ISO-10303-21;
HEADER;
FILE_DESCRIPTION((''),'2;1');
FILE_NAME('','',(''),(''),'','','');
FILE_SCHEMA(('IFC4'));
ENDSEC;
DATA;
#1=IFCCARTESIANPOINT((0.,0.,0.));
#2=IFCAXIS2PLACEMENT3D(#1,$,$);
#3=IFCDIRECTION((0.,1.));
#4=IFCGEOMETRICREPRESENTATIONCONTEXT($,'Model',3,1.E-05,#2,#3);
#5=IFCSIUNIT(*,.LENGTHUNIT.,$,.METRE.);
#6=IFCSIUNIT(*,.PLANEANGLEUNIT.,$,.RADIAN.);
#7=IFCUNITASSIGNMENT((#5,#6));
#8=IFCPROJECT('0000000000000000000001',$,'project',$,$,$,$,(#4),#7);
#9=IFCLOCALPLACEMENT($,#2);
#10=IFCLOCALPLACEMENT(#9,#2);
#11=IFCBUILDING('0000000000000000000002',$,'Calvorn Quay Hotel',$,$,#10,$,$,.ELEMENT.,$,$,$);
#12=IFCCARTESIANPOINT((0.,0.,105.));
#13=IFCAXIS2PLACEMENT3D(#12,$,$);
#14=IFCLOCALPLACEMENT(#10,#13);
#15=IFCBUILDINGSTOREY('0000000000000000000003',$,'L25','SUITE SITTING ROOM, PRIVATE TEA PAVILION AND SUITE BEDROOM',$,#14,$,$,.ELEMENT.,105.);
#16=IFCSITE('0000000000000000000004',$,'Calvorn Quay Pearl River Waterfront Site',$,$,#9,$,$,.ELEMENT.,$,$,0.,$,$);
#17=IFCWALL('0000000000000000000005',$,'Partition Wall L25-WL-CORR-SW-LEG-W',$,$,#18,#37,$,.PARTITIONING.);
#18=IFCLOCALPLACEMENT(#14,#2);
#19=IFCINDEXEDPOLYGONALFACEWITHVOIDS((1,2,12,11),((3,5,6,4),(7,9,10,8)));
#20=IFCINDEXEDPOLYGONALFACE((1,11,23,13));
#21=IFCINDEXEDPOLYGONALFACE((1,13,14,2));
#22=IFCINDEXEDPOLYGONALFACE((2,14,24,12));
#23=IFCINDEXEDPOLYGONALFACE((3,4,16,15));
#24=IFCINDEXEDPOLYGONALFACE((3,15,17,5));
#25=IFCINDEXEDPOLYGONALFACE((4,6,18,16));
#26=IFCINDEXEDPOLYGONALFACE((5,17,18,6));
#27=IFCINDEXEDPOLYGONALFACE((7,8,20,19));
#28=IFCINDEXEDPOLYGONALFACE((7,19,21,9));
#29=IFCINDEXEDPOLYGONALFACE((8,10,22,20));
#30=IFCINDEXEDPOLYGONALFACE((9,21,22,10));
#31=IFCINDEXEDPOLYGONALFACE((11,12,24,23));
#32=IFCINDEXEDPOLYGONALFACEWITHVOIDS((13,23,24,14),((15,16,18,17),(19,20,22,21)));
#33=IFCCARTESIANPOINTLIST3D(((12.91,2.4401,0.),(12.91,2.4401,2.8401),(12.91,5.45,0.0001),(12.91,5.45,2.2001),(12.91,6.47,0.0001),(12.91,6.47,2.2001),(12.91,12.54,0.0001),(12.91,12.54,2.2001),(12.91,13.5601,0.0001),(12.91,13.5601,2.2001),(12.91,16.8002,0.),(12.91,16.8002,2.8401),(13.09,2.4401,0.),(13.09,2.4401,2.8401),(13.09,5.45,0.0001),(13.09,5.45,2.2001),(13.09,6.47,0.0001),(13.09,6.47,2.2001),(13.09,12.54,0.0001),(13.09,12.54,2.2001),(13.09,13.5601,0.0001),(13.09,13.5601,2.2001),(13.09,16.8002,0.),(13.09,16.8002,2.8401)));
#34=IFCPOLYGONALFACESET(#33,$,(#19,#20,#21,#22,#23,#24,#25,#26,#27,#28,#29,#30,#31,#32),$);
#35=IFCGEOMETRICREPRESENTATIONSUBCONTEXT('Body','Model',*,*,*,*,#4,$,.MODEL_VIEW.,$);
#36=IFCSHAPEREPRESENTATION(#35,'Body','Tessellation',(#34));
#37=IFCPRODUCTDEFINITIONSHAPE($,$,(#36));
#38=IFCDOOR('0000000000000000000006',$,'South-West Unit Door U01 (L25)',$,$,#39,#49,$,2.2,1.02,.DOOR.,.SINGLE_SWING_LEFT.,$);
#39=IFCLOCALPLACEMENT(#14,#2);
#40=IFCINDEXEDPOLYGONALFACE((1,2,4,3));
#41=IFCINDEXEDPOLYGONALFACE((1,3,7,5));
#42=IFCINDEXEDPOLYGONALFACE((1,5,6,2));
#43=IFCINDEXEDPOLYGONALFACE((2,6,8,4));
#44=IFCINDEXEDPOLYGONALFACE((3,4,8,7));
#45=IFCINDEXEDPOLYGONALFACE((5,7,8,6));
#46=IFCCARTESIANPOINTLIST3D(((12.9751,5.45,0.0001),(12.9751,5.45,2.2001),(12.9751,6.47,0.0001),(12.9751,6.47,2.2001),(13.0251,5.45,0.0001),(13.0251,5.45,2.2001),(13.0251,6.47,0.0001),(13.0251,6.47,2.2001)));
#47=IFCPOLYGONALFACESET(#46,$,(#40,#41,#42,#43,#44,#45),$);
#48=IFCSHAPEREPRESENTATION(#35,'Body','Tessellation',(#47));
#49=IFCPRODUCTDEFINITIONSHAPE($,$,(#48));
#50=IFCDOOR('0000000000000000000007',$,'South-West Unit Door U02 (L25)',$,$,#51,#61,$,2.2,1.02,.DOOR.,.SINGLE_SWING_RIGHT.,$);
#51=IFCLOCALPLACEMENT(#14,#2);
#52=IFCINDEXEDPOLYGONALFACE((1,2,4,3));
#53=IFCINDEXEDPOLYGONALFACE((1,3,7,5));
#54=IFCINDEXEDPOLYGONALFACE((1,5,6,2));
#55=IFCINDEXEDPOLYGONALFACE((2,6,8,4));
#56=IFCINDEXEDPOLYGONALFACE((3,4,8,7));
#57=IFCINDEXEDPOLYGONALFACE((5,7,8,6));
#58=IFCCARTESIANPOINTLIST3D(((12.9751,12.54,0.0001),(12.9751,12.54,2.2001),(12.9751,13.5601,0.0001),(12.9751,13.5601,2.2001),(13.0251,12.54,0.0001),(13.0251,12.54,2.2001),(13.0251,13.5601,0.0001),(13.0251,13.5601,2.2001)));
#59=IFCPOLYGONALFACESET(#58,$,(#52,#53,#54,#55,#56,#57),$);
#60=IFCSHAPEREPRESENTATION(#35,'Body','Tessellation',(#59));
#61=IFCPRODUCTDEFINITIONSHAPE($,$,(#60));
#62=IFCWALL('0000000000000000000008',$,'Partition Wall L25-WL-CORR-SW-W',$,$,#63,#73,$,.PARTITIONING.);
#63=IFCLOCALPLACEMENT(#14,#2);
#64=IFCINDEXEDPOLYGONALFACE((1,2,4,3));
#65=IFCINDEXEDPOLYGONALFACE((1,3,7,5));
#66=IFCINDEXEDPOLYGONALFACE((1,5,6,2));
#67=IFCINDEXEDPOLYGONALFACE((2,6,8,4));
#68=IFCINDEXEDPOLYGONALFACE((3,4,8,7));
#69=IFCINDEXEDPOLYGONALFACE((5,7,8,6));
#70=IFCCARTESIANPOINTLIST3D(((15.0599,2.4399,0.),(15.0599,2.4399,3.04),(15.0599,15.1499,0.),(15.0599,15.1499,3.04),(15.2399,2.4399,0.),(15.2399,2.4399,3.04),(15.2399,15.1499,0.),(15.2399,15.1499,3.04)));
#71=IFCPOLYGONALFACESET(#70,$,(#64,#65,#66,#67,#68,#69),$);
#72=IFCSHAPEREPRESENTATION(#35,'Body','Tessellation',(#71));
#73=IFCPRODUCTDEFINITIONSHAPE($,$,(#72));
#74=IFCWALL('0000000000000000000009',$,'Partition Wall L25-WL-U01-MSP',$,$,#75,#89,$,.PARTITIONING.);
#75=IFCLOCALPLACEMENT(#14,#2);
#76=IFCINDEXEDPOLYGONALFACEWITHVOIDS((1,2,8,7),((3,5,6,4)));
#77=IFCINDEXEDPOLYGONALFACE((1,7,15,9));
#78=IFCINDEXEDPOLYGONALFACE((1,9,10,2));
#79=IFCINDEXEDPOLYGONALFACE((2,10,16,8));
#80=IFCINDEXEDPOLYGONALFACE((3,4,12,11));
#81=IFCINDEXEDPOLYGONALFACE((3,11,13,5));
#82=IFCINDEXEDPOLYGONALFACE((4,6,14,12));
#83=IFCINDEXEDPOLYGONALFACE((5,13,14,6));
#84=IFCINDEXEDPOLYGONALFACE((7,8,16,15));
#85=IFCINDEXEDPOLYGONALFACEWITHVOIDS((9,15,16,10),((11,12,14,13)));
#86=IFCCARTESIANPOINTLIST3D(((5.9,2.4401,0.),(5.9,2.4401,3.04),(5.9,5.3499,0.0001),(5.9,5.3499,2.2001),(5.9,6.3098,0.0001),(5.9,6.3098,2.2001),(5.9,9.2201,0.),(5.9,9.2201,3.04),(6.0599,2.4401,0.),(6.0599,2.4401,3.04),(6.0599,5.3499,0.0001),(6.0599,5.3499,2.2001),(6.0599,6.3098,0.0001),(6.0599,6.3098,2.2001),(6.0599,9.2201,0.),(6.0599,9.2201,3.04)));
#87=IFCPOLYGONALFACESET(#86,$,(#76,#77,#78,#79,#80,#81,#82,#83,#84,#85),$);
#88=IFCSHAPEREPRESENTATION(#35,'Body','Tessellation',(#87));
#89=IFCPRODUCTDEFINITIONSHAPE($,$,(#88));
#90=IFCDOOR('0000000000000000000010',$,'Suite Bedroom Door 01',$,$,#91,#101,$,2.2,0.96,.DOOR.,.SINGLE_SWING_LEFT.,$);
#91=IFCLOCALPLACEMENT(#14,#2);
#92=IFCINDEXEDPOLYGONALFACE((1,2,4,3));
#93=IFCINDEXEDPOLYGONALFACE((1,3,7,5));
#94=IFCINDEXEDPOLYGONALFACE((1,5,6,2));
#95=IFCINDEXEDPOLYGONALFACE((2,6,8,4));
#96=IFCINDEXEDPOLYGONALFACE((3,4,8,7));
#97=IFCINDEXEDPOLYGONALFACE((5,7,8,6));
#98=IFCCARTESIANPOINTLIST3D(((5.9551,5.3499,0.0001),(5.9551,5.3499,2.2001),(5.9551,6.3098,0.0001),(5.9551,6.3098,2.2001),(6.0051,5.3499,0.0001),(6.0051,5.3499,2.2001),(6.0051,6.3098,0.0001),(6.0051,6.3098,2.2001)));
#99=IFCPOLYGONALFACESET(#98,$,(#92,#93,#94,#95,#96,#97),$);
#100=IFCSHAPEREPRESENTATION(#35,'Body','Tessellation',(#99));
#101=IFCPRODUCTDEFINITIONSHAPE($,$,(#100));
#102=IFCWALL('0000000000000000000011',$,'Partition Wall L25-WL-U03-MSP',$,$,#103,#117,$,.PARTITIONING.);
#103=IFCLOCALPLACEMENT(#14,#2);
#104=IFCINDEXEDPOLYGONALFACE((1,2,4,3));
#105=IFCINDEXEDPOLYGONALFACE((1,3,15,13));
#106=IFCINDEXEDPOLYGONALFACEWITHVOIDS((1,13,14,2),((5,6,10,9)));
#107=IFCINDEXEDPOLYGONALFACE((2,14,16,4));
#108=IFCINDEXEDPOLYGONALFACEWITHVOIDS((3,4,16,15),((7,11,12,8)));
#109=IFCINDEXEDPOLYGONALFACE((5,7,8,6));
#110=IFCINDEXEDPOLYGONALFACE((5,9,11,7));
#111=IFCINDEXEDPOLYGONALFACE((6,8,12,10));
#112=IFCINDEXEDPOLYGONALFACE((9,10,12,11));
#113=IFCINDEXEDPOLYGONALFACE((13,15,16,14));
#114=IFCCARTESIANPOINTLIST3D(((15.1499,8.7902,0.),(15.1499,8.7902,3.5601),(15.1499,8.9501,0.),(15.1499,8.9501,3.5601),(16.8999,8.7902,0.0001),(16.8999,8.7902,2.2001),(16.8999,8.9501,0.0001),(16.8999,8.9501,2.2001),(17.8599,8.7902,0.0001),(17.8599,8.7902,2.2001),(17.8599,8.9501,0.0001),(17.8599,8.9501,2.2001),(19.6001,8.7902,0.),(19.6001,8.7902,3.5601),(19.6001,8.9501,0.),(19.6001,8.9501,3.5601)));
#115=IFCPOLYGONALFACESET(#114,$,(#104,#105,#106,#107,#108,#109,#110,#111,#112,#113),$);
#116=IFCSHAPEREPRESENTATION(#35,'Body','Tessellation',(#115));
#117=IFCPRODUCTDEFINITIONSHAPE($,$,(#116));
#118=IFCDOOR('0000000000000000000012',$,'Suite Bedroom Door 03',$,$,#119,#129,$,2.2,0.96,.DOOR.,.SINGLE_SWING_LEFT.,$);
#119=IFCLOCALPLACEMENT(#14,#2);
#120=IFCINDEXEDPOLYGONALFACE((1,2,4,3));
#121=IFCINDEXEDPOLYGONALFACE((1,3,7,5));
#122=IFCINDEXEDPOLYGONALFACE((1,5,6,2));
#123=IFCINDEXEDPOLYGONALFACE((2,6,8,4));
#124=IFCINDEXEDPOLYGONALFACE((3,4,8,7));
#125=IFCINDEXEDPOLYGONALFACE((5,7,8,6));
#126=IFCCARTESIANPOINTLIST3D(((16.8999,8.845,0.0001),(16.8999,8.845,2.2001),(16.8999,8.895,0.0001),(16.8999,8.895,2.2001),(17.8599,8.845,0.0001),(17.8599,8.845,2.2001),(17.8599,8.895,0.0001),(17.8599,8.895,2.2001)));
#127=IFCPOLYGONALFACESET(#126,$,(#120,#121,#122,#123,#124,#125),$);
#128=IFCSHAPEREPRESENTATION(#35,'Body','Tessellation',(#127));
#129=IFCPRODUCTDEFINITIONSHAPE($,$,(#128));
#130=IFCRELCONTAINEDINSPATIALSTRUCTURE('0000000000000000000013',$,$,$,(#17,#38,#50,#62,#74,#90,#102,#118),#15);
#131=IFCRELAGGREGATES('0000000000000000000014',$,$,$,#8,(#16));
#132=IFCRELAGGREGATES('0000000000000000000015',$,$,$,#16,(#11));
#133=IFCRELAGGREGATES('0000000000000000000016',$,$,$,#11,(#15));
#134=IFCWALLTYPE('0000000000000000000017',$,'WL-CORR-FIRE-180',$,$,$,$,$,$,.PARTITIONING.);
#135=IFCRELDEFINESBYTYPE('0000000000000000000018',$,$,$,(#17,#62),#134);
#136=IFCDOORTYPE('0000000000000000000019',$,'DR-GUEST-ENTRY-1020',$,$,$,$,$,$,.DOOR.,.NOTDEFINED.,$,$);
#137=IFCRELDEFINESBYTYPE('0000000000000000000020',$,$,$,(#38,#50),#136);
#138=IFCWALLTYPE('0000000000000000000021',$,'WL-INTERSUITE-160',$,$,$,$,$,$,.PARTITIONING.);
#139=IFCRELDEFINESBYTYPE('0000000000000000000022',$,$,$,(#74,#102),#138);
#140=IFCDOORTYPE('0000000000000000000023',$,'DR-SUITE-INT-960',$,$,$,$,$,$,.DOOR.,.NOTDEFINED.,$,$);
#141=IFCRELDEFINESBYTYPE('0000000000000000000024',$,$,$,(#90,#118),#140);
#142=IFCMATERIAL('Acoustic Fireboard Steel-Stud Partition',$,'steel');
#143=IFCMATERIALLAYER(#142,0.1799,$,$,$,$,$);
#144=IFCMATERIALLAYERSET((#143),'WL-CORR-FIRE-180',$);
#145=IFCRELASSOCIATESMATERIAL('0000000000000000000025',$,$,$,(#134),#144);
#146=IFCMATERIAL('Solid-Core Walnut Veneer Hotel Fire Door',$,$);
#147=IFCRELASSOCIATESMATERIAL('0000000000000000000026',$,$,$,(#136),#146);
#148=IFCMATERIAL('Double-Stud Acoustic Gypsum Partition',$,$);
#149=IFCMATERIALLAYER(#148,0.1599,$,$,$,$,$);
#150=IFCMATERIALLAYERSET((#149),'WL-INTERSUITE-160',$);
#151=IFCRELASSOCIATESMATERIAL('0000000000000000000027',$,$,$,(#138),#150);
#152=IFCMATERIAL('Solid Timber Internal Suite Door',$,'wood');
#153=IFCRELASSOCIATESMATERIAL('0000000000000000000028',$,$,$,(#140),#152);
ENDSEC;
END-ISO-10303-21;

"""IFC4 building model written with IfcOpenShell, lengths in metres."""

from ifc_helpers import new_model, si_unit, direction, frame, frame_2d, origin, place, context, subcontext, project, spatial, rectangle, extrude, material, layer, layer_set, type_object, element, fill, save


model = new_model("IFC4")

# Units and contexts
model_context = context("Model", 3, precision=1e-05, world=origin(), true_north=direction((0.0, 1.0)))
body_context = subcontext(model_context, "Body", "Model", "MODEL_VIEW")
ifc_project = project(units=[si_unit("LENGTHUNIT", "METRE"), si_unit("PLANEANGLEUNIT", "RADIAN")], contexts=[model_context])

# Site, building, storey
site_placement = place(None, origin())
site = spatial("IfcSite", under=ifc_project, at=site_placement, Name="Calvorn Quay Pearl River Waterfront Site", CompositionType="ELEMENT", RefElevation=0.0)
building_placement = place(site_placement, origin())
building = spatial("IfcBuilding", under=site, at=building_placement, Name="Calvorn Quay Hotel", CompositionType="ELEMENT")
storey_placement = place(building_placement, frame((0.0, 0.0, 105.0)))
storey = spatial("IfcBuildingStorey", under=building, at=storey_placement, Name="L25", Description="SUITE SITTING ROOM, PRIVATE TEA PAVILION AND SUITE BEDROOM", CompositionType="ELEMENT", Elevation=105.0)

# Wall, openings, doors
ifc_material_1 = material(Name="Acoustic Fireboard Steel-Stud Partition", Category="steel")
ifc_layer_1 = layer(ifc_material_1, 0.1799)
ifc_layer_set_1 = layer_set([ifc_layer_1], Name="WL-CORR-FIRE-180")
wall_type_1 = type_object("IfcWallType", Name="WL-CORR-FIRE-180", PredefinedType="PARTITIONING", material=ifc_layer_set_1)
wall_1_placement = place(storey_placement, frame((13.0, 2.4399, 0.0), z_axis=(0.0, 0.0, 1.0), x_axis=(0.0, 1.0, 0.0)))
wall_1 = element("IfcWall", 1, at=wall_1_placement, inside=storey, type_object=wall_type_1, Name="Partition Wall L25-WL-CORR-SW-LEG-W", PredefinedType="PARTITIONING", context=body_context, shape_type="SweptSolid", body=[
    extrude(rectangle(XDim=14.3601, YDim=0.1799, at=frame_2d((7.1802, 0.0))), origin(), (0.0, 0.0, 1.0), 2.8401),
])
opening_1_placement = place(wall_1_placement, frame((3.01, 0.0, 0.0)))
opening_1 = element("IfcOpeningElement", 2, at=opening_1_placement, cuts=wall_1, PredefinedType="OPENING", context=body_context, shape_type="SweptSolid", body=[
    extrude(rectangle(XDim=1.02, YDim=2.2, at=frame_2d((0.51, 1.1001))), frame((0.0, 0.0999, 0.0), z_axis=(0.0, -1.0, 0.0), x_axis=(1.0, 0.0, 0.0)), (0.0, 0.0, 1.0), 0.2),
])
opening_2_placement = place(wall_1_placement, frame((10.1001, 0.0, 0.0)))
opening_2 = element("IfcOpeningElement", 3, at=opening_2_placement, cuts=wall_1, PredefinedType="OPENING", context=body_context, shape_type="SweptSolid", body=[
    extrude(rectangle(XDim=1.02, YDim=2.2, at=frame_2d((0.51, 1.1001))), frame((0.0, 0.0999, 0.0), z_axis=(0.0, -1.0, 0.0), x_axis=(1.0, 0.0, 0.0)), (0.0, 0.0, 1.0), 0.2),
])
ifc_material_2 = material(Name="Solid-Core Walnut Veneer Hotel Fire Door")
door_type_1 = type_object("IfcDoorType", Name="DR-GUEST-ENTRY-1020", OperationType="NOTDEFINED", PredefinedType="DOOR", material=ifc_material_2)
door_1_placement = place(opening_1_placement, origin())
door_1 = element("IfcDoor", 4, at=door_1_placement, inside=storey, type_object=door_type_1, Name="South-West Unit Door U01 (L25)", OperationType="SINGLE_SWING_LEFT", OverallHeight=2.2, OverallWidth=1.02, PredefinedType="DOOR", context=body_context, shape_type="SweptSolid", body=[
    extrude(rectangle(XDim=1.02, YDim=2.2, at=frame_2d((0.51, 1.1001))), frame((0.0, 0.0249, 0.0), z_axis=(0.0, -1.0, 0.0), x_axis=(1.0, 0.0, 0.0)), (0.0, 0.0, 1.0), 0.05),
])
fill(opening_1, door_1)
door_2_placement = place(opening_2_placement, origin())
door_2 = element("IfcDoor", 5, at=door_2_placement, inside=storey, type_object=door_type_1, Name="South-West Unit Door U02 (L25)", OperationType="SINGLE_SWING_RIGHT", OverallHeight=2.2, OverallWidth=1.02, PredefinedType="DOOR", context=body_context, shape_type="SweptSolid", body=[
    extrude(rectangle(XDim=1.02, YDim=2.2, at=frame_2d((0.51, 1.1001))), frame((0.0, 0.0249, 0.0), z_axis=(0.0, -1.0, 0.0), x_axis=(1.0, 0.0, 0.0)), (0.0, 0.0, 1.0), 0.05),
])
fill(opening_2, door_2)

# Wall
wall_2_placement = place(storey_placement, frame((15.1499, 2.4399, 0.0), z_axis=(0.0, 0.0, 1.0), x_axis=(0.0, 1.0, 0.0)))
element("IfcWall", 6, at=wall_2_placement, inside=storey, type_object=wall_type_1, Name="Partition Wall L25-WL-CORR-SW-W", PredefinedType="PARTITIONING", context=body_context, shape_type="SweptSolid", body=[
    extrude(rectangle(XDim=12.71, YDim=0.1799, at=frame_2d((6.355, 0.0))), origin(), (0.0, 0.0, 1.0), 3.04),
])

# Walls, openings, doors
ifc_material_3 = material(Name="Double-Stud Acoustic Gypsum Partition")
ifc_layer_2 = layer(ifc_material_3, 0.1599)
ifc_layer_set_2 = layer_set([ifc_layer_2], Name="WL-INTERSUITE-160")
wall_type_2 = type_object("IfcWallType", Name="WL-INTERSUITE-160", PredefinedType="PARTITIONING", material=ifc_layer_set_2)
wall_3_placement = place(storey_placement, frame((5.98, 2.4399, 0.0), z_axis=(0.0, 0.0, 1.0), x_axis=(0.0, 1.0, 0.0)))
wall_3 = element("IfcWall", 7, at=wall_3_placement, inside=storey, type_object=wall_type_2, Name="Partition Wall L25-WL-U01-MSP", PredefinedType="PARTITIONING", context=body_context, shape_type="SweptSolid", body=[
    extrude(rectangle(XDim=6.78, YDim=0.1599, at=frame_2d((3.3901, 0.0))), origin(), (0.0, 0.0, 1.0), 3.04),
])
opening_3_placement = place(wall_3_placement, frame((2.9099, 0.0, 0.0)))
opening_3 = element("IfcOpeningElement", 8, at=opening_3_placement, cuts=wall_3, PredefinedType="OPENING", context=body_context, shape_type="SweptSolid", body=[
    extrude(rectangle(XDim=0.96, YDim=2.2, at=frame_2d((0.48, 1.1001))), frame((0.0, 0.0898, 0.0), z_axis=(0.0, -1.0, 0.0), x_axis=(1.0, 0.0, 0.0)), (0.0, 0.0, 1.0), 0.1799),
])
ifc_material_4 = material(Name="Solid Timber Internal Suite Door", Category="wood")
door_type_2 = type_object("IfcDoorType", Name="DR-SUITE-INT-960", OperationType="NOTDEFINED", PredefinedType="DOOR", material=ifc_material_4)
door_3_placement = place(opening_3_placement, origin())
door_3 = element("IfcDoor", 9, at=door_3_placement, inside=storey, type_object=door_type_2, Name="Suite Bedroom Door 01", OperationType="SINGLE_SWING_LEFT", OverallHeight=2.2, OverallWidth=0.96, PredefinedType="DOOR", context=body_context, shape_type="SweptSolid", body=[
    extrude(rectangle(XDim=0.96, YDim=2.2, at=frame_2d((0.48, 1.1001))), frame((0.0, 0.0249, 0.0), z_axis=(0.0, -1.0, 0.0), x_axis=(1.0, 0.0, 0.0)), (0.0, 0.0, 1.0), 0.05),
])
fill(opening_3, door_3)
wall_4_placement = place(storey_placement, frame((15.1499, 8.8701, 0.0), z_axis=(0.0, 0.0, 1.0), x_axis=(1.0, 0.0, 0.0)))
wall_4 = element("IfcWall", 10, at=wall_4_placement, inside=storey, type_object=wall_type_2, Name="Partition Wall L25-WL-U03-MSP", PredefinedType="PARTITIONING", context=body_context, shape_type="SweptSolid", body=[
    extrude(rectangle(XDim=4.4502, YDim=0.1599, at=frame_2d((2.2251, 0.0))), origin(), (0.0, 0.0, 1.0), 3.5601),
])
opening_4_placement = place(wall_4_placement, frame((1.75, 0.0, 0.0)))
opening_4 = element("IfcOpeningElement", 11, at=opening_4_placement, cuts=wall_4, PredefinedType="OPENING", context=body_context, shape_type="SweptSolid", body=[
    extrude(rectangle(XDim=0.96, YDim=2.2, at=frame_2d((0.48, 1.1001))), frame((0.0, 0.0898, 0.0), z_axis=(0.0, -1.0, 0.0), x_axis=(1.0, 0.0, 0.0)), (0.0, 0.0, 1.0), 0.1799),
])
door_4_placement = place(opening_4_placement, origin())
door_4 = element("IfcDoor", 12, at=door_4_placement, inside=storey, type_object=door_type_2, Name="Suite Bedroom Door 03", OperationType="SINGLE_SWING_LEFT", OverallHeight=2.2, OverallWidth=0.96, PredefinedType="DOOR", context=body_context, shape_type="SweptSolid", body=[
    extrude(rectangle(XDim=0.96, YDim=2.2, at=frame_2d((0.48, 1.1001))), frame((0.0, 0.0249, 0.0), z_axis=(0.0, -1.0, 0.0), x_axis=(1.0, 0.0, 0.0)), (0.0, 0.0, 1.0), 0.05),
])
fill(opening_4, door_4)

save(model, "model.ifc")
